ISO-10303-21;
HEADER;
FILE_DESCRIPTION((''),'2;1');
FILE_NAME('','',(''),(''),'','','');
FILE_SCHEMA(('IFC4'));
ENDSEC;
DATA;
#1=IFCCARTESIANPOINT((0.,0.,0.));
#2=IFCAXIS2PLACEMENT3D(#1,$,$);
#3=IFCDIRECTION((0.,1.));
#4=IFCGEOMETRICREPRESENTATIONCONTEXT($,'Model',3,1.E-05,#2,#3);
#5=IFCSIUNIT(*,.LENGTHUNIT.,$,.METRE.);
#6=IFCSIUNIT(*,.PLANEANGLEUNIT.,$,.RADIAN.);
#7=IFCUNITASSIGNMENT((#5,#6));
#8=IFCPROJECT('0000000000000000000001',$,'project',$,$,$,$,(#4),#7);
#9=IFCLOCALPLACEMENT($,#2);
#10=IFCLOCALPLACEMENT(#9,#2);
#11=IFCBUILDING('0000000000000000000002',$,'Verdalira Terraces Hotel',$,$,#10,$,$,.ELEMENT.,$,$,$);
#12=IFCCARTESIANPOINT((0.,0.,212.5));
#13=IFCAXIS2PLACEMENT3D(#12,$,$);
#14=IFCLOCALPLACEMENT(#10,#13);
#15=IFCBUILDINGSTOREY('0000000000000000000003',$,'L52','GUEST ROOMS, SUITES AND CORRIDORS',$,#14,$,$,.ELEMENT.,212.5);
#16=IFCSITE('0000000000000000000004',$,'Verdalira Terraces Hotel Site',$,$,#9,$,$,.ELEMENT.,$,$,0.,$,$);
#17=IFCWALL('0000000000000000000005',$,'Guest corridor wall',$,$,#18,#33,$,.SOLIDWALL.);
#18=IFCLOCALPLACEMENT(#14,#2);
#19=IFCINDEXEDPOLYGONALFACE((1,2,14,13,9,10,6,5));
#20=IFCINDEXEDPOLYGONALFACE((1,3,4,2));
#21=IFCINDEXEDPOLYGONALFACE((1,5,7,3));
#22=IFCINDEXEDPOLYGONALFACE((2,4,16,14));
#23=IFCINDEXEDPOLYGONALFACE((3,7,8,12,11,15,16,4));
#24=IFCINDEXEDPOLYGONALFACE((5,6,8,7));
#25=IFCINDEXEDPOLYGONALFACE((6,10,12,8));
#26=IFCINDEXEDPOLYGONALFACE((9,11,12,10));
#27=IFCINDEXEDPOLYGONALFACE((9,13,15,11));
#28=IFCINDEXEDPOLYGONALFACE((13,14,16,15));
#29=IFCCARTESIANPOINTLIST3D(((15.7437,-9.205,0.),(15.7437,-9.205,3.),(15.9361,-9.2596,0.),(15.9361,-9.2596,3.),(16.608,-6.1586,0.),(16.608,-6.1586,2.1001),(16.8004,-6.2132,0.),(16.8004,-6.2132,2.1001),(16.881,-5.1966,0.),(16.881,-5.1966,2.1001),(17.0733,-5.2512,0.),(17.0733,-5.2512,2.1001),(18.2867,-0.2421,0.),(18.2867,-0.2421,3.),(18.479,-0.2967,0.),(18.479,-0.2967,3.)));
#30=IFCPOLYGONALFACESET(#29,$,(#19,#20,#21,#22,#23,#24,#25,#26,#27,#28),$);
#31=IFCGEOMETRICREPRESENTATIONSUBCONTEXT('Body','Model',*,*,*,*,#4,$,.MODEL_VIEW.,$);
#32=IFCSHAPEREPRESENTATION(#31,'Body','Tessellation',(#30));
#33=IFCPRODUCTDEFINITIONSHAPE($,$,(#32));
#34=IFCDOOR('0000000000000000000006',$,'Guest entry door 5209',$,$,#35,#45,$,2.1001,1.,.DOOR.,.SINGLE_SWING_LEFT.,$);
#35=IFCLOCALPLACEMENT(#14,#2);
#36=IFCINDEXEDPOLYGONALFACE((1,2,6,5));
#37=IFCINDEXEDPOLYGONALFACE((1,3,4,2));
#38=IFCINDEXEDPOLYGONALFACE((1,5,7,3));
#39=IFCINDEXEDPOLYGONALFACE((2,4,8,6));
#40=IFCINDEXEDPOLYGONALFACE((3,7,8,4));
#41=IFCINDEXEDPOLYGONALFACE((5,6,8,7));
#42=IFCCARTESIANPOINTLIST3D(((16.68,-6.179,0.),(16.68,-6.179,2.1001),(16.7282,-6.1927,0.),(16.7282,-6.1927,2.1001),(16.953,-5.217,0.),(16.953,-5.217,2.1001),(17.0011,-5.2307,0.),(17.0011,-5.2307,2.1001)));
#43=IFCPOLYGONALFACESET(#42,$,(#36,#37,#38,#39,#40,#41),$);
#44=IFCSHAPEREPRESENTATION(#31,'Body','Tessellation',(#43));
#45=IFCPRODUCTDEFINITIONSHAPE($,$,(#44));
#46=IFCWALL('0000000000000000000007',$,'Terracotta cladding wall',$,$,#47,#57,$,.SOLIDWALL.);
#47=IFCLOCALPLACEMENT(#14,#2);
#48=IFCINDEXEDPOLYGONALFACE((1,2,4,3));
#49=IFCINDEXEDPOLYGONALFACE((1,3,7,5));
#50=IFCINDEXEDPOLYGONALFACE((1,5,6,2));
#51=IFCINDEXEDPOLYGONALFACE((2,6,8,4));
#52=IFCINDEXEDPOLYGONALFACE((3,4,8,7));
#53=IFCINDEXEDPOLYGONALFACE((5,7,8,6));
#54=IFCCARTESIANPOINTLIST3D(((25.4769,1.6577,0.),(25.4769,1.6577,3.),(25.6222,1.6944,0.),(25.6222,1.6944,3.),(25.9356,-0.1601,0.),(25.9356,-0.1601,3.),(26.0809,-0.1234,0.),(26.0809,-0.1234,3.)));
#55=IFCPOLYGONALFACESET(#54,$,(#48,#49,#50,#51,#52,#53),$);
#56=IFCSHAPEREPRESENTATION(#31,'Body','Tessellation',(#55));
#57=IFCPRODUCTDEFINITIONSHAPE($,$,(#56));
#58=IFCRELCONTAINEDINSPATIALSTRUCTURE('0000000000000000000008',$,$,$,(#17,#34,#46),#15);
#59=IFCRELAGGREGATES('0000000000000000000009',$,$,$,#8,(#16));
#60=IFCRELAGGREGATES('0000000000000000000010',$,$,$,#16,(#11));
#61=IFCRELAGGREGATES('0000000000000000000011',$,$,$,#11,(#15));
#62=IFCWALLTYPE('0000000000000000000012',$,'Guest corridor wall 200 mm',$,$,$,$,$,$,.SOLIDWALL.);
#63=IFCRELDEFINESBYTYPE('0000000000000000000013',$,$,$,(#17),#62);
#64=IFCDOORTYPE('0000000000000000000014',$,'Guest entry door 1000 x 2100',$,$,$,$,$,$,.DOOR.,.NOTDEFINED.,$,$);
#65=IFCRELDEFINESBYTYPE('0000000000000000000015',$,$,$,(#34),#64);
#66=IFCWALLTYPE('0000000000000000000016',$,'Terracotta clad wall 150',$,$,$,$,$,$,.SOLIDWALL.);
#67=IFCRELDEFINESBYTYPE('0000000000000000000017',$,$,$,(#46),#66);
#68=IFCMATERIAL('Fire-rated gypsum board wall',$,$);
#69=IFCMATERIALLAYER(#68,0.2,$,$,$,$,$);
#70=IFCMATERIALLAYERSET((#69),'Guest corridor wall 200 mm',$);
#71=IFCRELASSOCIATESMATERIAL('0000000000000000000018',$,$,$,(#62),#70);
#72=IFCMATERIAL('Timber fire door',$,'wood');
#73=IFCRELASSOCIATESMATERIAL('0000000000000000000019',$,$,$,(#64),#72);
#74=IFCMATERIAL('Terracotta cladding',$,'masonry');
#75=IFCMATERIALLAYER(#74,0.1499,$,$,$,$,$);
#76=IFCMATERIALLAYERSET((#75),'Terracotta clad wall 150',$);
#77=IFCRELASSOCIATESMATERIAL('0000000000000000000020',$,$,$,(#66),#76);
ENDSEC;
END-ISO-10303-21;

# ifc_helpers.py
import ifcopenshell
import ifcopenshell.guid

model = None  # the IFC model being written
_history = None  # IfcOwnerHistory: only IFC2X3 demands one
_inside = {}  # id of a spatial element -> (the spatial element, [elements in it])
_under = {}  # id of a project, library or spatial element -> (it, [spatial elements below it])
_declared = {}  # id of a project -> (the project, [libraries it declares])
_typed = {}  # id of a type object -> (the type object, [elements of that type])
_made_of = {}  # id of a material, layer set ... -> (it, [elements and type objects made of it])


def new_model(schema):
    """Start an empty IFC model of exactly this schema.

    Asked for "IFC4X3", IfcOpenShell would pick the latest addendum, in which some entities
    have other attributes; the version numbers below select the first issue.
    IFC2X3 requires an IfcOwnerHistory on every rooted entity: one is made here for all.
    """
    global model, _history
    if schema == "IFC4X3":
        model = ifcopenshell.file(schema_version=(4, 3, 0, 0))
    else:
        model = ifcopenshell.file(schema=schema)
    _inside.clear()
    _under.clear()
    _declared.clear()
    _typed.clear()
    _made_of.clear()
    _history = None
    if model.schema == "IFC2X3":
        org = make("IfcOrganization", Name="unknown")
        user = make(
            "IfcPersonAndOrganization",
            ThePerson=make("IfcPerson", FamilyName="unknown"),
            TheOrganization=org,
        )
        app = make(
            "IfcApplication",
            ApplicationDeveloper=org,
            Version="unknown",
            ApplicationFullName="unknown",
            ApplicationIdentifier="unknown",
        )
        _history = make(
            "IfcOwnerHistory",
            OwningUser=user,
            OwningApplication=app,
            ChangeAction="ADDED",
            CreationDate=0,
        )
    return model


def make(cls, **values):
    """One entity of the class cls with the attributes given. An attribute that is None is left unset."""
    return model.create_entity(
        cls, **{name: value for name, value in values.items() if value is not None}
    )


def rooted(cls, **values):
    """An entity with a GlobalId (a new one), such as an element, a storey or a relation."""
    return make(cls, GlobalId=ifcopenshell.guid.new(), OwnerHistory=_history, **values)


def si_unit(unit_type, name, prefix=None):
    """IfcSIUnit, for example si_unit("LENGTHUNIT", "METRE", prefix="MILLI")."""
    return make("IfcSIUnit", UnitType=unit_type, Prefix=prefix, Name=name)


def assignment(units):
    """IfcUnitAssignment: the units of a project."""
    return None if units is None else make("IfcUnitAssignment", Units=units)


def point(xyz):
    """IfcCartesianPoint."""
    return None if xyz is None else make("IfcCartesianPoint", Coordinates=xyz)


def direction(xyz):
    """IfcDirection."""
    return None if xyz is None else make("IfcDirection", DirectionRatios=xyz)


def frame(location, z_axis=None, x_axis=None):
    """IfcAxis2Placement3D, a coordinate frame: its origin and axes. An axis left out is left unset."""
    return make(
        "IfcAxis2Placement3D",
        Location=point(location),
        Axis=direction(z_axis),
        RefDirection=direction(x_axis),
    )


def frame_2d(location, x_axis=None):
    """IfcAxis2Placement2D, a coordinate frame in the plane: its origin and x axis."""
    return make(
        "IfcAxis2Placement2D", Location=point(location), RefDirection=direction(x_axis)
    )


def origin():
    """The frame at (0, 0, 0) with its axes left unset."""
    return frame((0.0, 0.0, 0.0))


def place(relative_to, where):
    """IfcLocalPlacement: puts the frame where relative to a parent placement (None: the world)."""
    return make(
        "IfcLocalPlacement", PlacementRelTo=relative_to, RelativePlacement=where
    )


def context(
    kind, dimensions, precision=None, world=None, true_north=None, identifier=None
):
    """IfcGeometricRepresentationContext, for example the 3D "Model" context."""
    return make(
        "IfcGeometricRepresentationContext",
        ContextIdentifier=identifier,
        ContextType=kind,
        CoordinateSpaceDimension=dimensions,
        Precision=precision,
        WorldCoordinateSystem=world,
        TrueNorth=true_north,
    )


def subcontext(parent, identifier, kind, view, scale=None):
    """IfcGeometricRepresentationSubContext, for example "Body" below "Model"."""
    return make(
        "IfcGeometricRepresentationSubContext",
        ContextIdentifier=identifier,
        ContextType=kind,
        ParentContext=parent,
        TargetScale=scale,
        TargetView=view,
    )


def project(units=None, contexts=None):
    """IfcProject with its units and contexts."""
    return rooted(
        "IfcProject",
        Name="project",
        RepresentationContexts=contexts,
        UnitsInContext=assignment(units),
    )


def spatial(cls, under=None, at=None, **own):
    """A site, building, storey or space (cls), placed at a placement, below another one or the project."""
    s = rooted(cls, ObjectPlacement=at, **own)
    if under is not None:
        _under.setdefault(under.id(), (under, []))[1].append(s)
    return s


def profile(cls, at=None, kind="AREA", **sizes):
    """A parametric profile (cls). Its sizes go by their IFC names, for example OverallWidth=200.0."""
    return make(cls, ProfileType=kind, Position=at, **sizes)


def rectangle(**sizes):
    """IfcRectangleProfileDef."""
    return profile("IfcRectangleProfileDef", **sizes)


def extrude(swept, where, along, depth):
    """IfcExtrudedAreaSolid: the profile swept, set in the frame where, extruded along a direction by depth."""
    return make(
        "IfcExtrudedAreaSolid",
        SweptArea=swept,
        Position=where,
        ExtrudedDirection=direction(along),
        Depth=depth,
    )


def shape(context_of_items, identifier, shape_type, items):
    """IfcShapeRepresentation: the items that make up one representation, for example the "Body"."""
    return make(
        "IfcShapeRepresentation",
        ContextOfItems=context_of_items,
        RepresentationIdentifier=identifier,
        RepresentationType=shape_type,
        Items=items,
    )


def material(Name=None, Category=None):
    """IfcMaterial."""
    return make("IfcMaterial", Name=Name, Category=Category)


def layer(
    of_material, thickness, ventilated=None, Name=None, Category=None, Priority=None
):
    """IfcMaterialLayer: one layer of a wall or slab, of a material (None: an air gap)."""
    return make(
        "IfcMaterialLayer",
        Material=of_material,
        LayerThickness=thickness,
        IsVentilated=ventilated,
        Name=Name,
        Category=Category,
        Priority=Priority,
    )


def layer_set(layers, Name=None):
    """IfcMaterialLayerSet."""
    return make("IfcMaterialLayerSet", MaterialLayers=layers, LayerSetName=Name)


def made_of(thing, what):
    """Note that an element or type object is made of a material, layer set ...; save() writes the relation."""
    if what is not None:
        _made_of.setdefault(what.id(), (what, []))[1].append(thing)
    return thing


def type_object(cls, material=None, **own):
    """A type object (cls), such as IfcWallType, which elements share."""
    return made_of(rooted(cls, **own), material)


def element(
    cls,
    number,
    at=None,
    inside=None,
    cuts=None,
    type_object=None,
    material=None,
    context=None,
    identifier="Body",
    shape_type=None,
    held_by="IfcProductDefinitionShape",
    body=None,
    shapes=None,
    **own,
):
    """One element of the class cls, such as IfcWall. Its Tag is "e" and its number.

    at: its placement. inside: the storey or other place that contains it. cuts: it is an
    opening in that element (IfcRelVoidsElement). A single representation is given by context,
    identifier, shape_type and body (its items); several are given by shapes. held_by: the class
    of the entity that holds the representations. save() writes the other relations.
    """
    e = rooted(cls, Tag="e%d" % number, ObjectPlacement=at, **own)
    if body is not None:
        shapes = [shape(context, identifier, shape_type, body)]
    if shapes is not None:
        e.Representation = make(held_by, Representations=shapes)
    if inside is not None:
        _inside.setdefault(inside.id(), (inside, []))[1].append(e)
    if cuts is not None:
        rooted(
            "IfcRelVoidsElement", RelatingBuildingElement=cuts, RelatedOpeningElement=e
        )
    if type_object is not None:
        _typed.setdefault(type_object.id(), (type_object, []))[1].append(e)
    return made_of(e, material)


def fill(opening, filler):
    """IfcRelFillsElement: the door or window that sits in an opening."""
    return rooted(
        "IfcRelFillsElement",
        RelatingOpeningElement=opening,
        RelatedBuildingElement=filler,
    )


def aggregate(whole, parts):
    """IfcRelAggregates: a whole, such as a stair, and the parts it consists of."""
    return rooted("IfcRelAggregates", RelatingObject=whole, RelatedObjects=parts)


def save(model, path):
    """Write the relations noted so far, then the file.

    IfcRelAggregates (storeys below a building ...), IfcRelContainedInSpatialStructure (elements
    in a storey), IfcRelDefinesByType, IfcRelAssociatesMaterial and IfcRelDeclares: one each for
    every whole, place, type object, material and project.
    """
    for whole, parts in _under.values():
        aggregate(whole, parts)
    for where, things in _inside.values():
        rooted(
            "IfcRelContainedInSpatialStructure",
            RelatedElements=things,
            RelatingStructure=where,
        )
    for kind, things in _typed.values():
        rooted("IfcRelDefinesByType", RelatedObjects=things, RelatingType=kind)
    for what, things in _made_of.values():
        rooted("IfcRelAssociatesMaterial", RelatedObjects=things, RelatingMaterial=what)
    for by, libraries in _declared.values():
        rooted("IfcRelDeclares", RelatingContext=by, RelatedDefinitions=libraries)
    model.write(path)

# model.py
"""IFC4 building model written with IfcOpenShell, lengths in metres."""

from ifc_helpers import new_model, si_unit, direction, frame, frame_2d, origin, place, context, subcontext, project, spatial, rectangle, extrude, material, layer, layer_set, type_object, element, fill, save


model = new_model("IFC4")

# Units and contexts
model_context = context("Model", 3, precision=1e-05, world=origin(), true_north=direction((0.0, 1.0)))
body_context = subcontext(model_context, "Body", "Model", "MODEL_VIEW")
ifc_project = project(units=[si_unit("LENGTHUNIT", "METRE"), si_unit("PLANEANGLEUNIT", "RADIAN")], contexts=[model_context])

# Site, building, storey
site_placement = place(None, origin())
site = spatial("IfcSite", under=ifc_project, at=site_placement, Name="Verdalira Terraces Hotel Site", CompositionType="ELEMENT", RefElevation=0.0)
building_placement = place(site_placement, origin())
building = spatial("IfcBuilding", under=site, at=building_placement, Name="Verdalira Terraces Hotel", CompositionType="ELEMENT")
storey_placement = place(building_placement, frame((0.0, 0.0, 212.5)))
storey = spatial("IfcBuildingStorey", under=building, at=storey_placement, Name="L52", Description="GUEST ROOMS, SUITES AND CORRIDORS", CompositionType="ELEMENT", Elevation=212.5)

# Wall, opening, door
ifc_material_1 = material(Name="Fire-rated gypsum board wall")
ifc_layer_1 = layer(ifc_material_1, 0.2)
ifc_layer_set_1 = layer_set([ifc_layer_1], Name="Guest corridor wall 200 mm")
wall_type_1 = type_object("IfcWallType", Name="Guest corridor wall 200 mm", PredefinedType="SOLIDWALL", material=ifc_layer_set_1)
ifc_material_2 = material(Name="Timber fire door", Category="wood")
door_type_1 = type_object("IfcDoorType", Name="Guest entry door 1000 x 2100", OperationType="NOTDEFINED", PredefinedType="DOOR", material=ifc_material_2)
wall_1_placement = place(storey_placement, frame((18.3828, -0.2695, 0.0), z_axis=(0.0, 0.0, 1.0), x_axis=(-0.272949, -0.962029, 0.0)))
wall_1 = element("IfcWall", 1, at=wall_1_placement, inside=storey, type_object=wall_type_1, Name="Guest corridor wall", PredefinedType="SOLIDWALL", context=body_context, shape_type="SweptSolid", body=[
    extrude(rectangle(XDim=9.3166, YDim=0.2, at=frame_2d((4.6582, 0.0))), origin(), (0.0, 0.0, 1.0), 3.0),
])
opening_1_placement = place(wall_1_placement, frame((5.1499, 0.0, 0.0)))
opening_1 = element("IfcOpeningElement", 2, at=opening_1_placement, cuts=wall_1, PredefinedType="OPENING", context=body_context, shape_type="SweptSolid", body=[
    extrude(rectangle(XDim=1.0, YDim=2.1001, at=frame_2d((0.5, 1.05))), frame((0.0, 0.1099, 0.0), z_axis=(0.0, -1.0, 0.0), x_axis=(1.0, 0.0, 0.0)), (0.0, 0.0, 1.0), 0.22),
])
door_1_placement = place(opening_1_placement, origin())
door_1 = element("IfcDoor", 3, at=door_1_placement, inside=storey, type_object=door_type_1, Name="Guest entry door 5209", OperationType="SINGLE_SWING_LEFT", OverallHeight=2.1001, OverallWidth=1.0, PredefinedType="DOOR", context=body_context, shape_type="SweptSolid", body=[
    extrude(rectangle(XDim=1.0, YDim=2.1001, at=frame_2d((0.5, 1.05))), frame((0.0, 0.0249, 0.0), z_axis=(0.0, -1.0, 0.0), x_axis=(1.0, 0.0, 0.0)), (0.0, 0.0, 1.0), 0.05),
])
fill(opening_1, door_1)

# Wall
ifc_material_3 = material(Name="Terracotta cladding", Category="masonry")
ifc_layer_2 = layer(ifc_material_3, 0.1499)
ifc_layer_set_2 = layer_set([ifc_layer_2], Name="Terracotta clad wall 150")
wall_type_2 = type_object("IfcWallType", Name="Terracotta clad wall 150", PredefinedType="SOLIDWALL", material=ifc_layer_set_2)
wall_2_placement = place(storey_placement, frame((26.0083, -0.1418, 0.0), z_axis=(0.0, 0.0, 1.0), x_axis=(-0.24468, 0.969604, 0.0)))
element("IfcWall", 4, at=wall_2_placement, inside=storey, type_object=wall_type_2, Name="Terracotta cladding wall", PredefinedType="SOLIDWALL", context=body_context, shape_type="SweptSolid", body=[
    extrude(rectangle(XDim=1.8748, YDim=0.1499, at=frame_2d((0.9375, 0.0))), origin(), (0.0, 0.0, 1.0), 3.0),
])

save(model, "model.ifc")
